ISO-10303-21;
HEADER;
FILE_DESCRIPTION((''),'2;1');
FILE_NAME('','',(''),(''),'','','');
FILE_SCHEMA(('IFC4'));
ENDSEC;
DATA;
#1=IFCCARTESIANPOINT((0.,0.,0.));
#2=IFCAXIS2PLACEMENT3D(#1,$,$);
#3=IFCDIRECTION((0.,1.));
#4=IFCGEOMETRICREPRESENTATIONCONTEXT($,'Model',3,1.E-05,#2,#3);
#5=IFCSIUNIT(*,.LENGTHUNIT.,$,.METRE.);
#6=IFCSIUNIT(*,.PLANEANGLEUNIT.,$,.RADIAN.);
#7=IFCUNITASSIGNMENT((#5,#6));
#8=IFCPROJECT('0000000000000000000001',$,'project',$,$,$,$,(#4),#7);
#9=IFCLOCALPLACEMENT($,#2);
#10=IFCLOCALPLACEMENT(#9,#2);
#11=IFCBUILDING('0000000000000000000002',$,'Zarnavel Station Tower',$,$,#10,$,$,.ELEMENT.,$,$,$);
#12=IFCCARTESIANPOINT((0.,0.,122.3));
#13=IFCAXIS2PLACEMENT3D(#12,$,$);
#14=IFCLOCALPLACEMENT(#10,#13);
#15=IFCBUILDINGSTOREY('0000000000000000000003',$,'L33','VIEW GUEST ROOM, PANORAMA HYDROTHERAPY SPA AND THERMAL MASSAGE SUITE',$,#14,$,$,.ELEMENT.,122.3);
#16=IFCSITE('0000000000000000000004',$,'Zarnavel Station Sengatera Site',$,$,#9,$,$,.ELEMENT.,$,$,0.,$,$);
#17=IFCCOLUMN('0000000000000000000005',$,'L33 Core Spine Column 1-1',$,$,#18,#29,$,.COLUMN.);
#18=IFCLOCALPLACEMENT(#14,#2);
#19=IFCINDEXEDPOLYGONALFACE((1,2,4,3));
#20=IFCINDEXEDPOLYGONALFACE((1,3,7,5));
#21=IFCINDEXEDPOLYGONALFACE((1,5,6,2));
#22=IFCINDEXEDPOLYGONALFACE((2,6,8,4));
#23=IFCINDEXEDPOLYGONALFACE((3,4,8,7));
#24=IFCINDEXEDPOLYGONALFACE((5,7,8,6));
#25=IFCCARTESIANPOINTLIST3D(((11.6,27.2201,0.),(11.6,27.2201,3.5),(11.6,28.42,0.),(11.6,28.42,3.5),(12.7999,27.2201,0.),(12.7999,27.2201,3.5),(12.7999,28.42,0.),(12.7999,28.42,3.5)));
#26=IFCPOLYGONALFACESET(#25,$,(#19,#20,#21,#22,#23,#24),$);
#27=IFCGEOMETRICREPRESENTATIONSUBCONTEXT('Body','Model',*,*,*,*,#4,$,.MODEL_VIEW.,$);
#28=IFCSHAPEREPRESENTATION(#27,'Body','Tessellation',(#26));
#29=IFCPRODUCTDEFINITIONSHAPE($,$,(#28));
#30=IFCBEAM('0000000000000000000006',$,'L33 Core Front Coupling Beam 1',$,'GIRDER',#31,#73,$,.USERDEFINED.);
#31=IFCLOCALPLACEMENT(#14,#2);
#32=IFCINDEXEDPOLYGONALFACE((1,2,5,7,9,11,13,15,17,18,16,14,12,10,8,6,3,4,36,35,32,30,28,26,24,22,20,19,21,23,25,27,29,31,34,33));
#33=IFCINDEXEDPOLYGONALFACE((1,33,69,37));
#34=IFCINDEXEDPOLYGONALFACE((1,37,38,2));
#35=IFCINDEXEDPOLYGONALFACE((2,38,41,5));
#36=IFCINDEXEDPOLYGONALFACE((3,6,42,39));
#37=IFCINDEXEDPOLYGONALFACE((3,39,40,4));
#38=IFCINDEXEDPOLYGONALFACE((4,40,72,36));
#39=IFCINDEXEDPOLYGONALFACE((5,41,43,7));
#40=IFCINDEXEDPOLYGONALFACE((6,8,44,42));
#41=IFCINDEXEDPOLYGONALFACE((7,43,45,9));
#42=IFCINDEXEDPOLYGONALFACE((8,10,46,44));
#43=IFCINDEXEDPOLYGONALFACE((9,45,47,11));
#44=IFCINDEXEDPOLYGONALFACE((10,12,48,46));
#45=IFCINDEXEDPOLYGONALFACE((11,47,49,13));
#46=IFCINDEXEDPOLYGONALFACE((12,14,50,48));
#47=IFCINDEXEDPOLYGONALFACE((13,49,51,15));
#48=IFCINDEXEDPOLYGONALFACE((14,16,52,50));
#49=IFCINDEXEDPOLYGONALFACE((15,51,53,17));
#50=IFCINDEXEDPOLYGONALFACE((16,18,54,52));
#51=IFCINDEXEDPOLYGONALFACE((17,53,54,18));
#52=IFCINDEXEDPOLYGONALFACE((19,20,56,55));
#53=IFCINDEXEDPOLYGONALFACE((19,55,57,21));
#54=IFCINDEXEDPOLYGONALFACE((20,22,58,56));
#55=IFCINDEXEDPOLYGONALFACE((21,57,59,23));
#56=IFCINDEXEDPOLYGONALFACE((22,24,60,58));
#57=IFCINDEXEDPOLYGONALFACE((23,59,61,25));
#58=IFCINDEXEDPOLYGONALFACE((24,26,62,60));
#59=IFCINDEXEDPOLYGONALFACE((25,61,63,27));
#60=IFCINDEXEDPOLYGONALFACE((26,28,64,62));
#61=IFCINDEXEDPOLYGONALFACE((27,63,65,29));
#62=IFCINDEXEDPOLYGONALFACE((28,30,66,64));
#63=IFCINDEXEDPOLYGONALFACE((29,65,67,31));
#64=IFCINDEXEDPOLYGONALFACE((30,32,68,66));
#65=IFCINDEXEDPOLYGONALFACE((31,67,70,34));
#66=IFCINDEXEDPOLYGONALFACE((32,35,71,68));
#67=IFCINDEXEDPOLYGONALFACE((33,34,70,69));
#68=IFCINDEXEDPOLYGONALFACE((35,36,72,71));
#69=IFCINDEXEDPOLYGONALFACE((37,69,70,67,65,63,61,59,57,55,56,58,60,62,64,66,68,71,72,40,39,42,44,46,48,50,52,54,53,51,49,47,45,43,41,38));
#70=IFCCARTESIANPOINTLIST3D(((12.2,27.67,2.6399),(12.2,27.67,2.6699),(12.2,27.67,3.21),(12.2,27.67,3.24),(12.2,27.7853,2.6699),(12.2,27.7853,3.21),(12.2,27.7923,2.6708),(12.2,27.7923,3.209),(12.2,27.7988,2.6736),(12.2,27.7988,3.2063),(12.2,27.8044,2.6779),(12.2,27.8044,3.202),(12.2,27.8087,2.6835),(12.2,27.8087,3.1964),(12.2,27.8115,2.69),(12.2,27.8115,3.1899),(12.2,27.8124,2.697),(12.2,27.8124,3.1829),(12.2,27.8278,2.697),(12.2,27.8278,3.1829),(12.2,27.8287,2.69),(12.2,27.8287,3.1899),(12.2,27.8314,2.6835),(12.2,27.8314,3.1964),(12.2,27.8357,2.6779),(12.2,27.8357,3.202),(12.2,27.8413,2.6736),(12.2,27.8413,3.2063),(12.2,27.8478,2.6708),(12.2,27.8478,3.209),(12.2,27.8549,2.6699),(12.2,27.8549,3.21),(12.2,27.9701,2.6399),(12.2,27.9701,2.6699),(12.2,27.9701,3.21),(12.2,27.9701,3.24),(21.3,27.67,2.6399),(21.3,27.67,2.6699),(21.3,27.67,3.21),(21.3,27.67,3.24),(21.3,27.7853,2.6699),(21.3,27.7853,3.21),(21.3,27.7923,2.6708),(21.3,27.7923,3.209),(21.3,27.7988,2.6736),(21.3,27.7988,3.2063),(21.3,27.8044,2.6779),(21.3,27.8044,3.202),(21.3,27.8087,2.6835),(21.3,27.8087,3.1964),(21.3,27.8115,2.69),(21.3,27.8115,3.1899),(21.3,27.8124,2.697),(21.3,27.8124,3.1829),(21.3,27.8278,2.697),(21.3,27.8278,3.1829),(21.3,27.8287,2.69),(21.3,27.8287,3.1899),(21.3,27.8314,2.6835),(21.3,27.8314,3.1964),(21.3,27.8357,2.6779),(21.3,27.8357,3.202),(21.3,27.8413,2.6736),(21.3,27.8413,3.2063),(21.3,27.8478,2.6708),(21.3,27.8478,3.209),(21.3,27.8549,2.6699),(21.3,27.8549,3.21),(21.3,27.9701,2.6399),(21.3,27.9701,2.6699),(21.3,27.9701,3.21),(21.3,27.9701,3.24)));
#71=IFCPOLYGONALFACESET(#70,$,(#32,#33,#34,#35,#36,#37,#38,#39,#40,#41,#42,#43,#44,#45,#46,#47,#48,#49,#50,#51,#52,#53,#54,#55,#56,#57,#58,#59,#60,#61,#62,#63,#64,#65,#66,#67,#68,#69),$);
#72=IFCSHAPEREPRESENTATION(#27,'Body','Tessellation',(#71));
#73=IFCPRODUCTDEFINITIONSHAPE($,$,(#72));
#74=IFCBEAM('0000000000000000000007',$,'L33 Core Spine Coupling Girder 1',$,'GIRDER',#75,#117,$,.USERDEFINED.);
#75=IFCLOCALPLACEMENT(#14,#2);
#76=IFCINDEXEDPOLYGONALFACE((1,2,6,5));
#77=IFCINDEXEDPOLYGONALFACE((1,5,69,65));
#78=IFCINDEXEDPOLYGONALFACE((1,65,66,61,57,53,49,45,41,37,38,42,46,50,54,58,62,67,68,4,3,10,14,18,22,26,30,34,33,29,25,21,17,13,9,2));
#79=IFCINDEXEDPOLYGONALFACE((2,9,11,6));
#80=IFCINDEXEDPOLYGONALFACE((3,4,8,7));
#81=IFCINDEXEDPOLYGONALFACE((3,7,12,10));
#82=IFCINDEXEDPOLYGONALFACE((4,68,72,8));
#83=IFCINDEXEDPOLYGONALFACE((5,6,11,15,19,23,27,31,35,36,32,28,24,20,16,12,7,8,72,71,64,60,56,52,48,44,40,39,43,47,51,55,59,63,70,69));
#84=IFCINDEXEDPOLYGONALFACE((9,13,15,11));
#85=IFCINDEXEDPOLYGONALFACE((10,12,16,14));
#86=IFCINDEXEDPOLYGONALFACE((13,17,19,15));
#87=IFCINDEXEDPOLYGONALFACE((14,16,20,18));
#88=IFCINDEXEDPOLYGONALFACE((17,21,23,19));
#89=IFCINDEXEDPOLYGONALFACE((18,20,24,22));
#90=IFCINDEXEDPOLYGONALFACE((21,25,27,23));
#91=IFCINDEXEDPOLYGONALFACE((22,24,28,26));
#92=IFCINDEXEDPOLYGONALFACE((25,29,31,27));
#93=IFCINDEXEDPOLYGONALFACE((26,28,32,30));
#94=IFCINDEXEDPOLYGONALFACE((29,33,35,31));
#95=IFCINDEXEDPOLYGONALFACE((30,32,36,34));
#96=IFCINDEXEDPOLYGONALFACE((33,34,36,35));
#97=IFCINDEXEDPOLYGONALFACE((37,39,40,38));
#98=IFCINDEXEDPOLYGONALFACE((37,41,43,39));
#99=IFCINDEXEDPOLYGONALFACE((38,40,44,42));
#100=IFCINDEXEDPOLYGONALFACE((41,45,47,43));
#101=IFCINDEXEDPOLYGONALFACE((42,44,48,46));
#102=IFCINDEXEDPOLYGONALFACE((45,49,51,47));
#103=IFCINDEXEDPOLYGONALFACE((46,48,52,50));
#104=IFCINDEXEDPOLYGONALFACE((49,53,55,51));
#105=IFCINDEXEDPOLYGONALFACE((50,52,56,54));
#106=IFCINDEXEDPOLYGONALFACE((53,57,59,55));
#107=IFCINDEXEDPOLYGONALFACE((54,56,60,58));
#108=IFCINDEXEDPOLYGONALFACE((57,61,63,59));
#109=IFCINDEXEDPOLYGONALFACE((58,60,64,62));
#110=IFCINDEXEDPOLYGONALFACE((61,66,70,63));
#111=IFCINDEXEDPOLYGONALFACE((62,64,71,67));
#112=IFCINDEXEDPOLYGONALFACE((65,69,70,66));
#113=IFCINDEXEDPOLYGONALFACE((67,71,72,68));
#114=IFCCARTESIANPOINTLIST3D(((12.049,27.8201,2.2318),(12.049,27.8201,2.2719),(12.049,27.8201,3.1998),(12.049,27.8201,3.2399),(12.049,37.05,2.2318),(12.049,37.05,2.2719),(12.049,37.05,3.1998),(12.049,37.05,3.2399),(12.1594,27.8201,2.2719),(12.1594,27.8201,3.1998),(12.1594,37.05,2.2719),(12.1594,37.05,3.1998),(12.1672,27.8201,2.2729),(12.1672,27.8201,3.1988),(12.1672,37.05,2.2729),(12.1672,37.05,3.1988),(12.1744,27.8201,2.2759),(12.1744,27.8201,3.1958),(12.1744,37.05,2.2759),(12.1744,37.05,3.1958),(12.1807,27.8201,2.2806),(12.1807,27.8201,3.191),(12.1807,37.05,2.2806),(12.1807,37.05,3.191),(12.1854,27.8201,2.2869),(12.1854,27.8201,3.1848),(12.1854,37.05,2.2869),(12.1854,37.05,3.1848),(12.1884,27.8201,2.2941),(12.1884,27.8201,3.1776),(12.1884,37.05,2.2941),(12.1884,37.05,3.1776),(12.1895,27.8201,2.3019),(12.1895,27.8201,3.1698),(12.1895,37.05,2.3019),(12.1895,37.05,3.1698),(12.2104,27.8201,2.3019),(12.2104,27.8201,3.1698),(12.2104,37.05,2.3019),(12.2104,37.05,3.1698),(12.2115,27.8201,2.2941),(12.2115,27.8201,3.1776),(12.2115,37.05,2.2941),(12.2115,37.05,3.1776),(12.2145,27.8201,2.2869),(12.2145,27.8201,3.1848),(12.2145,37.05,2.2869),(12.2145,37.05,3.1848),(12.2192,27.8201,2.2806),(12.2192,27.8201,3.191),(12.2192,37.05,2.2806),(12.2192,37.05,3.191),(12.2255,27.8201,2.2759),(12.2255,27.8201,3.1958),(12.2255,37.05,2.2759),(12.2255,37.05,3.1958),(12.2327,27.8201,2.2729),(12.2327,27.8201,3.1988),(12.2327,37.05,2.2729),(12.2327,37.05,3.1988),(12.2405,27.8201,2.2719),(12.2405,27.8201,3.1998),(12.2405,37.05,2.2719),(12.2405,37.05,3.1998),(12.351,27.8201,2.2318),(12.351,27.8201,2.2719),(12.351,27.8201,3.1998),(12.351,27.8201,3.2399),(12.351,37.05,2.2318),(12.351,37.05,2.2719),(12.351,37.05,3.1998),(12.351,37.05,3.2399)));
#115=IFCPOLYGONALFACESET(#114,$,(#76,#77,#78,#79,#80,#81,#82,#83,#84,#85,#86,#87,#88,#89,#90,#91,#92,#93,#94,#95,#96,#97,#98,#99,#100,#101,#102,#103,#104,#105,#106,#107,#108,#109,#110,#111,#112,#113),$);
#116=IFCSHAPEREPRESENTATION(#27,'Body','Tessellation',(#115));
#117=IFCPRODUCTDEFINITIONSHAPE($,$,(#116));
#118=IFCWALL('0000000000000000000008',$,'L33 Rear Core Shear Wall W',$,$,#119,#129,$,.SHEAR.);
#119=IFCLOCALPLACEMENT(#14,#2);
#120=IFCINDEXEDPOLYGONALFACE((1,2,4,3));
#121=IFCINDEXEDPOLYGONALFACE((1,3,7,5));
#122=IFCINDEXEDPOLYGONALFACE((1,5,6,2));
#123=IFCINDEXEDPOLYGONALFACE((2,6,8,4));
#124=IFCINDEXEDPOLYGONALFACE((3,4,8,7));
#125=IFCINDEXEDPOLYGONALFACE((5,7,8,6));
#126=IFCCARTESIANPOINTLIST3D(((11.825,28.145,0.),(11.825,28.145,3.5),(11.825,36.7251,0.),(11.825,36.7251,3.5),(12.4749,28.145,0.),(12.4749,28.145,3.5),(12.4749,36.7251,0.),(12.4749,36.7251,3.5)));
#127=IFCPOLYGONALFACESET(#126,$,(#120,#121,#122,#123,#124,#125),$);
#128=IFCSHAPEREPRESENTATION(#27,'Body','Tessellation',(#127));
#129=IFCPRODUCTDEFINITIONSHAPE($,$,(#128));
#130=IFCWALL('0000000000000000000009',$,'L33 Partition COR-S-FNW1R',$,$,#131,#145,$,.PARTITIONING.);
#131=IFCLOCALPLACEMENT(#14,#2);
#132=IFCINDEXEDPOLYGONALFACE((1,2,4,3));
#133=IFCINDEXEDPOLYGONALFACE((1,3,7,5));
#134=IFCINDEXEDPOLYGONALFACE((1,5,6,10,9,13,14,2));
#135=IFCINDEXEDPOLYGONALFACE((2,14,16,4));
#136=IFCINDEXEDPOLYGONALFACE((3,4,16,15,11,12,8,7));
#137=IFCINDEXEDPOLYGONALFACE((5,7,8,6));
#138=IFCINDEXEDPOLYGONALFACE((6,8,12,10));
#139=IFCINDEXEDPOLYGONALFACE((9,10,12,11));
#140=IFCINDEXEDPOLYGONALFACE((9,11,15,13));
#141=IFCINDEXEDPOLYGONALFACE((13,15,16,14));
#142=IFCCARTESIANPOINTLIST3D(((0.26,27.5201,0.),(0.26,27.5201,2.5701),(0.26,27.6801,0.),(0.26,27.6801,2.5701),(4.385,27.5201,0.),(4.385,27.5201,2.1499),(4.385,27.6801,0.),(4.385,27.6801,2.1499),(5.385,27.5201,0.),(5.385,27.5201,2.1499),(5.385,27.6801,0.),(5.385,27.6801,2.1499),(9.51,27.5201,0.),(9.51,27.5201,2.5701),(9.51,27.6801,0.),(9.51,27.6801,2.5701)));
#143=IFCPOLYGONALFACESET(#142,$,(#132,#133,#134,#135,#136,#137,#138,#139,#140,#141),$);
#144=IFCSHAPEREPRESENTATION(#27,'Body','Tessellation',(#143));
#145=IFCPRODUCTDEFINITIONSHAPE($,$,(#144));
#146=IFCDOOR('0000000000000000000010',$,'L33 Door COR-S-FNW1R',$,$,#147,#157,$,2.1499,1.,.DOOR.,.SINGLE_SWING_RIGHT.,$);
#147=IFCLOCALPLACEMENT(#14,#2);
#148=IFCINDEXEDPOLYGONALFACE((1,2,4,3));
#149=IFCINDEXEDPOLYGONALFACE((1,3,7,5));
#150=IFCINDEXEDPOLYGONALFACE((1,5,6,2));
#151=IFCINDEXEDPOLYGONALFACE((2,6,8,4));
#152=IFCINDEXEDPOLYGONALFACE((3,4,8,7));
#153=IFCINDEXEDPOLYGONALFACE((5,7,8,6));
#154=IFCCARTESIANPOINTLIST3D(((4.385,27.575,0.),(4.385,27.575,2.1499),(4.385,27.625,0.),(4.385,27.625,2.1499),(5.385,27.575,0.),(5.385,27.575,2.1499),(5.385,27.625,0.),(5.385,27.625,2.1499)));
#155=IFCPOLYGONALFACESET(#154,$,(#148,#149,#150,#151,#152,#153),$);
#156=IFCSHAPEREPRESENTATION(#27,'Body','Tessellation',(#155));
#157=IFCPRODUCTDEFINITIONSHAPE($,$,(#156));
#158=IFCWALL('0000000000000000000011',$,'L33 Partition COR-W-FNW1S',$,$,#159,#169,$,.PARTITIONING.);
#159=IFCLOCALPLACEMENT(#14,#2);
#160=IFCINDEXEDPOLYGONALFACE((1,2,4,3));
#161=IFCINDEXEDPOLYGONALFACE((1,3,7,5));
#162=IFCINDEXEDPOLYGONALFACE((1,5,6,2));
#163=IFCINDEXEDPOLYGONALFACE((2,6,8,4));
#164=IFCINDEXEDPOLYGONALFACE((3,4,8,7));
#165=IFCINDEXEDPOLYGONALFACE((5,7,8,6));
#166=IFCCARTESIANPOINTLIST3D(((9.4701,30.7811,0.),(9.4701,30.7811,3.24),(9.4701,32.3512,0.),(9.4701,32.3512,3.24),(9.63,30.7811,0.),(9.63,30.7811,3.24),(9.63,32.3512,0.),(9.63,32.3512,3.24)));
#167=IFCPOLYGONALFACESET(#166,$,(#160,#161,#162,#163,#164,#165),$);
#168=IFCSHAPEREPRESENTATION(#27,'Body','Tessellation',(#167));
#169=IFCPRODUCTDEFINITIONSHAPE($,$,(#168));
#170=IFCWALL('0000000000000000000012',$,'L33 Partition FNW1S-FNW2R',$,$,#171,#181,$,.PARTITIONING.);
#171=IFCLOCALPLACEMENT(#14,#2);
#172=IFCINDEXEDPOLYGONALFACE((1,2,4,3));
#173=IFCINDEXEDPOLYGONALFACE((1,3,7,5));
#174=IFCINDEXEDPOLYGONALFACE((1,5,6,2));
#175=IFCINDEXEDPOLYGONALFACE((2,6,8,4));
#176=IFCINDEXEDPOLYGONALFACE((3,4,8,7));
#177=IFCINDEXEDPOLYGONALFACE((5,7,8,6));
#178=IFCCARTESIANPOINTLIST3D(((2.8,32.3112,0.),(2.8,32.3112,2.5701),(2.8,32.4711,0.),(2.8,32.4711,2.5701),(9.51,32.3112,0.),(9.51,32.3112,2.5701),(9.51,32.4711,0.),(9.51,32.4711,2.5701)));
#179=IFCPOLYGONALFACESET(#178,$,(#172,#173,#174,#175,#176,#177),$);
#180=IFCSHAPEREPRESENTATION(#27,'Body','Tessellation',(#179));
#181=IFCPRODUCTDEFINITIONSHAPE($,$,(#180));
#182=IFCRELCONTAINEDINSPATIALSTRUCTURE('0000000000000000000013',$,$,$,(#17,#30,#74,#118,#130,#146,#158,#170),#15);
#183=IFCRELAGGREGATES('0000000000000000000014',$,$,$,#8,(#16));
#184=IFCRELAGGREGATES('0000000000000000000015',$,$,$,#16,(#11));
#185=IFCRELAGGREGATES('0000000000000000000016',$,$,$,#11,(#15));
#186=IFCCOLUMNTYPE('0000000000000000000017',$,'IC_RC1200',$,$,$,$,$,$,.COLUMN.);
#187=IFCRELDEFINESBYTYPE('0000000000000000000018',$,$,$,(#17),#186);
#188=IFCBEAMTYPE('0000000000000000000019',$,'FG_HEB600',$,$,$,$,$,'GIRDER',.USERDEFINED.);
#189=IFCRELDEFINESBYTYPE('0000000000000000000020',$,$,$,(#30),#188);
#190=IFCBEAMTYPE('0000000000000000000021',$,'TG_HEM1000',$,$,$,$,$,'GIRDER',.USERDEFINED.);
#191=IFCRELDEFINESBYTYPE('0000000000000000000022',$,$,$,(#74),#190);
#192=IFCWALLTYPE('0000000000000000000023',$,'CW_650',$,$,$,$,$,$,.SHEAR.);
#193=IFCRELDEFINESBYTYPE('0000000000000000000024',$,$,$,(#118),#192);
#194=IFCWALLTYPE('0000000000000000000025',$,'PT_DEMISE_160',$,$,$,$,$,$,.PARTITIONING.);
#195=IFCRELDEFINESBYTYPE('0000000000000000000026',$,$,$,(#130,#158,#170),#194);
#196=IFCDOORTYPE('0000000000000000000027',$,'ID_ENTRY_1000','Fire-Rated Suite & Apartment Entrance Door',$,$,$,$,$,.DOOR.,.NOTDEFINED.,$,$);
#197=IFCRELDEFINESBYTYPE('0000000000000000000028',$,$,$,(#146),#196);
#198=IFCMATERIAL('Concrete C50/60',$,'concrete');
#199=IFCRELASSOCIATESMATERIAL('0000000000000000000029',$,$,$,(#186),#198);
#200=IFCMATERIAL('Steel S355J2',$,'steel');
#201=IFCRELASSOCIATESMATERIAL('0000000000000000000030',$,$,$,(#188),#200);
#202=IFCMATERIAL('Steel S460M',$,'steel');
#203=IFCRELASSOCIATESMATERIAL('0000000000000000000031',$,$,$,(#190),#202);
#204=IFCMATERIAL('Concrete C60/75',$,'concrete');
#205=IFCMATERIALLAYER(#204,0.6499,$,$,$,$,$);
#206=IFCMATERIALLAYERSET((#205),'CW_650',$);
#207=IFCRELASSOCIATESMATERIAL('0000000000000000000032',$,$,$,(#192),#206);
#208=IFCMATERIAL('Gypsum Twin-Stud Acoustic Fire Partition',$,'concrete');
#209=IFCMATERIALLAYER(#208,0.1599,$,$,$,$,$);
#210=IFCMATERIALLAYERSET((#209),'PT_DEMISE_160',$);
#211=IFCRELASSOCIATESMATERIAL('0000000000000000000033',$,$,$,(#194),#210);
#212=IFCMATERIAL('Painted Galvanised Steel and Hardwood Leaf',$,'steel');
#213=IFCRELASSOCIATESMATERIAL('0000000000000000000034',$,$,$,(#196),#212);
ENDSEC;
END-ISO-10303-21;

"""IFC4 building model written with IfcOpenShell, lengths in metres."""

from ifc_helpers import new_model, si_unit, direction, frame, frame_2d, origin, origin_2d, place, context, subcontext, project, spatial, rectangle, i_section, extrude, material, layer, layer_set, material_profile, profile_set, type_object, element, fill, save


model = new_model("IFC4")

# Units and contexts
model_context = context("Model", 3, precision=1e-05, world=origin(), true_north=direction((0.0, 1.0)))
body_context = subcontext(model_context, "Body", "Model", "MODEL_VIEW")
ifc_project = project(units=[si_unit("LENGTHUNIT", "METRE"), si_unit("PLANEANGLEUNIT", "RADIAN")], contexts=[model_context])

# Site, building, storey
site_placement = place(None, origin())
site = spatial("IfcSite", under=ifc_project, at=site_placement, Name="Zarnavel Station Sengatera Site", CompositionType="ELEMENT", RefElevation=0.0)
building_placement = place(site_placement, origin())
building = spatial("IfcBuilding", under=site, at=building_placement, Name="Zarnavel Station Tower", CompositionType="ELEMENT")
storey_placement = place(building_placement, frame((0.0, 0.0, 122.3)))
storey = spatial("IfcBuildingStorey", under=building, at=storey_placement, Name="L33", Description="VIEW GUEST ROOM, PANORAMA HYDROTHERAPY SPA AND THERMAL MASSAGE SUITE", CompositionType="ELEMENT", Elevation=122.3)

# Column
ifc_material_1 = material(Name="Concrete C50/60", Category="concrete")
ifc_material_profile_1 = material_profile(ifc_material_1, rectangle(XDim=1.2, YDim=1.2, at=origin_2d()), Name="RC1200x1200")
ifc_profile_set_1 = profile_set([ifc_material_profile_1], Name="Concrete C50/60")
column_type = type_object("IfcColumnType", Name="IC_RC1200", PredefinedType="COLUMN", material=ifc_profile_set_1)
column_placement = place(storey_placement, frame((12.2, 27.8201, 0.0), z_axis=(0.0, 0.0, 1.0), x_axis=(1.0, 0.0, 0.0)))
element("IfcColumn", 1, at=column_placement, inside=storey, type_object=column_type, Name="L33 Core Spine Column 1-1", PredefinedType="COLUMN", context=body_context, shape_type="SweptSolid", body=[
    extrude(rectangle(XDim=1.2, YDim=1.2, at=origin_2d()), origin(), (0.0, 0.0, 1.0), 3.5),
])

# Beams
ifc_material_2 = material(Name="Steel S355J2", Category="steel")
ifc_material_profile_2 = material_profile(ifc_material_2, i_section(OverallWidth=0.3, OverallDepth=0.6001, WebThickness=0.0154, FlangeThickness=0.03, FilletRadius=0.0271, at=origin_2d()), Name="HEB600")
ifc_profile_set_2 = profile_set([ifc_material_profile_2], Name="Steel S355J2")
beam_type_1 = type_object("IfcBeamType", Name="FG_HEB600", ElementType="GIRDER", PredefinedType="USERDEFINED", material=ifc_profile_set_2)
beam_1_placement = place(storey_placement, frame((12.2, 27.8201, 2.9399), z_axis=(1.0, 0.0, 0.0), x_axis=(0.0, 1.0, 0.0)))
element("IfcBeam", 2, at=beam_1_placement, inside=storey, type_object=beam_type_1, Name="L33 Core Front Coupling Beam 1", ObjectType="GIRDER", PredefinedType="USERDEFINED", context=body_context, shape_type="SweptSolid", body=[
    extrude(i_section(OverallWidth=0.3, OverallDepth=0.6001, WebThickness=0.0154, FlangeThickness=0.03, FilletRadius=0.0271, at=origin_2d()), origin(), (0.0, 0.0, 1.0), 9.1001),
])
ifc_material_3 = material(Name="Steel S460M", Category="steel")
ifc_material_profile_3 = material_profile(ifc_material_3, i_section(OverallWidth=0.302, OverallDepth=1.0081, WebThickness=0.021, FlangeThickness=0.04, FilletRadius=0.03, at=origin_2d()), Name="HEM1000")
ifc_profile_set_3 = profile_set([ifc_material_profile_3], Name="Steel S460M")
beam_type_2 = type_object("IfcBeamType", Name="TG_HEM1000", ElementType="GIRDER", PredefinedType="USERDEFINED", material=ifc_profile_set_3)
beam_2_placement = place(storey_placement, frame((12.2, 27.8201, 2.7358), z_axis=(0.0, 1.0, 0.0), x_axis=(-1.0, 0.0, 0.0)))
element("IfcBeam", 3, at=beam_2_placement, inside=storey, type_object=beam_type_2, Name="L33 Core Spine Coupling Girder 1", ObjectType="GIRDER", PredefinedType="USERDEFINED", context=body_context, shape_type="SweptSolid", body=[
    extrude(i_section(OverallWidth=0.302, OverallDepth=1.0081, WebThickness=0.021, FlangeThickness=0.04, FilletRadius=0.03, at=origin_2d()), origin(), (0.0, 0.0, 1.0), 9.23),
])

# Wall
ifc_material_4 = material(Name="Concrete C60/75", Category="concrete")
ifc_layer_1 = layer(ifc_material_4, 0.6499)
ifc_layer_set_1 = layer_set([ifc_layer_1], Name="CW_650")
wall_type_1 = type_object("IfcWallType", Name="CW_650", PredefinedType="SHEAR", material=ifc_layer_set_1)
wall_1_placement = place(storey_placement, frame((12.1499, 28.145, 0.0), z_axis=(0.0, 0.0, 1.0), x_axis=(0.0, 1.0, 0.0)))
element("IfcWall", 4, at=wall_1_placement, inside=storey, type_object=wall_type_1, Name="L33 Rear Core Shear Wall W", PredefinedType="SHEAR", context=body_context, shape_type="SweptSolid", body=[
    extrude(rectangle(XDim=8.5801, YDim=0.6499, at=frame_2d((4.29, 0.0))), origin(), (0.0, 0.0, 1.0), 3.5),
])

# Wall, opening, door
ifc_material_5 = material(Name="Gypsum Twin-Stud Acoustic Fire Partition", Category="concrete")
ifc_layer_2 = layer(ifc_material_5, 0.1599)
ifc_layer_set_2 = layer_set([ifc_layer_2], Name="PT_DEMISE_160")
wall_type_2 = type_object("IfcWallType", Name="PT_DEMISE_160", PredefinedType="PARTITIONING", material=ifc_layer_set_2)
wall_2_placement = place(storey_placement, frame((0.26, 27.6001, 0.0), z_axis=(0.0, 0.0, 1.0), x_axis=(1.0, 0.0, 0.0)))
wall_2 = element("IfcWall", 5, at=wall_2_placement, inside=storey, type_object=wall_type_2, Name="L33 Partition COR-S-FNW1R", PredefinedType="PARTITIONING", context=body_context, shape_type="SweptSolid", body=[
    extrude(rectangle(XDim=9.25, YDim=0.1599, at=frame_2d((4.625, 0.0))), origin(), (0.0, 0.0, 1.0), 2.5701),
])
opening_1_placement = place(wall_2_placement, frame((4.125, 0.0, 0.0)))
opening_1 = element("IfcOpeningElement", 6, at=opening_1_placement, cuts=wall_2, PredefinedType="OPENING", context=body_context, shape_type="SweptSolid", body=[
    extrude(rectangle(XDim=1.0, YDim=2.1499, at=frame_2d((0.5, 1.075))), frame((0.0, 0.0898, 0.0), z_axis=(0.0, -1.0, 0.0), x_axis=(1.0, 0.0, 0.0)), (0.0, 0.0, 1.0), 0.1799),
])
ifc_material_6 = material(Name="Painted Galvanised Steel and Hardwood Leaf", Category="steel")
door_type_1 = type_object("IfcDoorType", Name="ID_ENTRY_1000", Description="Fire-Rated Suite & Apartment Entrance Door", OperationType="NOTDEFINED", PredefinedType="DOOR", material=ifc_material_6)
door_1_placement = place(opening_1_placement, origin())
door_1 = element("IfcDoor", 7, at=door_1_placement, inside=storey, type_object=door_type_1, Name="L33 Door COR-S-FNW1R", OperationType="SINGLE_SWING_RIGHT", OverallHeight=2.1499, OverallWidth=1.0, PredefinedType="DOOR", context=body_context, shape_type="SweptSolid", body=[
    extrude(rectangle(XDim=1.0, YDim=2.1499, at=frame_2d((0.5, 1.075))), frame((0.0, 0.0249, 0.0), z_axis=(0.0, -1.0, 0.0), x_axis=(1.0, 0.0, 0.0)), (0.0, 0.0, 1.0), 0.05),
])
fill(opening_1, door_1)

# Wall
wall_3_placement = place(storey_placement, frame((9.55, 30.781, 0.0), z_axis=(0.0, 0.0, 1.0), x_axis=(0.0, 1.0, 0.0)))
element("IfcWall", 8, at=wall_3_placement, inside=storey, type_object=wall_type_2, Name="L33 Partition COR-W-FNW1S", PredefinedType="PARTITIONING", context=body_context, shape_type="SweptSolid", body=[
    extrude(rectangle(XDim=1.5701, YDim=0.1599, at=frame_2d((0.7852, 0.0))), origin(), (0.0, 0.0, 1.0), 3.24),
])

# Wall
wall_4_placement = place(storey_placement, frame((2.8, 32.3911, 0.0), z_axis=(0.0, 0.0, 1.0), x_axis=(1.0, 0.0, 0.0)))
element("IfcWall", 9, at=wall_4_placement, inside=storey, type_object=wall_type_2, Name="L33 Partition FNW1S-FNW2R", PredefinedType="PARTITIONING", context=body_context, shape_type="SweptSolid", body=[
    extrude(rectangle(XDim=6.71, YDim=0.1599, at=frame_2d((3.355, 0.0))), origin(), (0.0, 0.0, 1.0), 2.5701),
])

save(model, "model.ifc")
